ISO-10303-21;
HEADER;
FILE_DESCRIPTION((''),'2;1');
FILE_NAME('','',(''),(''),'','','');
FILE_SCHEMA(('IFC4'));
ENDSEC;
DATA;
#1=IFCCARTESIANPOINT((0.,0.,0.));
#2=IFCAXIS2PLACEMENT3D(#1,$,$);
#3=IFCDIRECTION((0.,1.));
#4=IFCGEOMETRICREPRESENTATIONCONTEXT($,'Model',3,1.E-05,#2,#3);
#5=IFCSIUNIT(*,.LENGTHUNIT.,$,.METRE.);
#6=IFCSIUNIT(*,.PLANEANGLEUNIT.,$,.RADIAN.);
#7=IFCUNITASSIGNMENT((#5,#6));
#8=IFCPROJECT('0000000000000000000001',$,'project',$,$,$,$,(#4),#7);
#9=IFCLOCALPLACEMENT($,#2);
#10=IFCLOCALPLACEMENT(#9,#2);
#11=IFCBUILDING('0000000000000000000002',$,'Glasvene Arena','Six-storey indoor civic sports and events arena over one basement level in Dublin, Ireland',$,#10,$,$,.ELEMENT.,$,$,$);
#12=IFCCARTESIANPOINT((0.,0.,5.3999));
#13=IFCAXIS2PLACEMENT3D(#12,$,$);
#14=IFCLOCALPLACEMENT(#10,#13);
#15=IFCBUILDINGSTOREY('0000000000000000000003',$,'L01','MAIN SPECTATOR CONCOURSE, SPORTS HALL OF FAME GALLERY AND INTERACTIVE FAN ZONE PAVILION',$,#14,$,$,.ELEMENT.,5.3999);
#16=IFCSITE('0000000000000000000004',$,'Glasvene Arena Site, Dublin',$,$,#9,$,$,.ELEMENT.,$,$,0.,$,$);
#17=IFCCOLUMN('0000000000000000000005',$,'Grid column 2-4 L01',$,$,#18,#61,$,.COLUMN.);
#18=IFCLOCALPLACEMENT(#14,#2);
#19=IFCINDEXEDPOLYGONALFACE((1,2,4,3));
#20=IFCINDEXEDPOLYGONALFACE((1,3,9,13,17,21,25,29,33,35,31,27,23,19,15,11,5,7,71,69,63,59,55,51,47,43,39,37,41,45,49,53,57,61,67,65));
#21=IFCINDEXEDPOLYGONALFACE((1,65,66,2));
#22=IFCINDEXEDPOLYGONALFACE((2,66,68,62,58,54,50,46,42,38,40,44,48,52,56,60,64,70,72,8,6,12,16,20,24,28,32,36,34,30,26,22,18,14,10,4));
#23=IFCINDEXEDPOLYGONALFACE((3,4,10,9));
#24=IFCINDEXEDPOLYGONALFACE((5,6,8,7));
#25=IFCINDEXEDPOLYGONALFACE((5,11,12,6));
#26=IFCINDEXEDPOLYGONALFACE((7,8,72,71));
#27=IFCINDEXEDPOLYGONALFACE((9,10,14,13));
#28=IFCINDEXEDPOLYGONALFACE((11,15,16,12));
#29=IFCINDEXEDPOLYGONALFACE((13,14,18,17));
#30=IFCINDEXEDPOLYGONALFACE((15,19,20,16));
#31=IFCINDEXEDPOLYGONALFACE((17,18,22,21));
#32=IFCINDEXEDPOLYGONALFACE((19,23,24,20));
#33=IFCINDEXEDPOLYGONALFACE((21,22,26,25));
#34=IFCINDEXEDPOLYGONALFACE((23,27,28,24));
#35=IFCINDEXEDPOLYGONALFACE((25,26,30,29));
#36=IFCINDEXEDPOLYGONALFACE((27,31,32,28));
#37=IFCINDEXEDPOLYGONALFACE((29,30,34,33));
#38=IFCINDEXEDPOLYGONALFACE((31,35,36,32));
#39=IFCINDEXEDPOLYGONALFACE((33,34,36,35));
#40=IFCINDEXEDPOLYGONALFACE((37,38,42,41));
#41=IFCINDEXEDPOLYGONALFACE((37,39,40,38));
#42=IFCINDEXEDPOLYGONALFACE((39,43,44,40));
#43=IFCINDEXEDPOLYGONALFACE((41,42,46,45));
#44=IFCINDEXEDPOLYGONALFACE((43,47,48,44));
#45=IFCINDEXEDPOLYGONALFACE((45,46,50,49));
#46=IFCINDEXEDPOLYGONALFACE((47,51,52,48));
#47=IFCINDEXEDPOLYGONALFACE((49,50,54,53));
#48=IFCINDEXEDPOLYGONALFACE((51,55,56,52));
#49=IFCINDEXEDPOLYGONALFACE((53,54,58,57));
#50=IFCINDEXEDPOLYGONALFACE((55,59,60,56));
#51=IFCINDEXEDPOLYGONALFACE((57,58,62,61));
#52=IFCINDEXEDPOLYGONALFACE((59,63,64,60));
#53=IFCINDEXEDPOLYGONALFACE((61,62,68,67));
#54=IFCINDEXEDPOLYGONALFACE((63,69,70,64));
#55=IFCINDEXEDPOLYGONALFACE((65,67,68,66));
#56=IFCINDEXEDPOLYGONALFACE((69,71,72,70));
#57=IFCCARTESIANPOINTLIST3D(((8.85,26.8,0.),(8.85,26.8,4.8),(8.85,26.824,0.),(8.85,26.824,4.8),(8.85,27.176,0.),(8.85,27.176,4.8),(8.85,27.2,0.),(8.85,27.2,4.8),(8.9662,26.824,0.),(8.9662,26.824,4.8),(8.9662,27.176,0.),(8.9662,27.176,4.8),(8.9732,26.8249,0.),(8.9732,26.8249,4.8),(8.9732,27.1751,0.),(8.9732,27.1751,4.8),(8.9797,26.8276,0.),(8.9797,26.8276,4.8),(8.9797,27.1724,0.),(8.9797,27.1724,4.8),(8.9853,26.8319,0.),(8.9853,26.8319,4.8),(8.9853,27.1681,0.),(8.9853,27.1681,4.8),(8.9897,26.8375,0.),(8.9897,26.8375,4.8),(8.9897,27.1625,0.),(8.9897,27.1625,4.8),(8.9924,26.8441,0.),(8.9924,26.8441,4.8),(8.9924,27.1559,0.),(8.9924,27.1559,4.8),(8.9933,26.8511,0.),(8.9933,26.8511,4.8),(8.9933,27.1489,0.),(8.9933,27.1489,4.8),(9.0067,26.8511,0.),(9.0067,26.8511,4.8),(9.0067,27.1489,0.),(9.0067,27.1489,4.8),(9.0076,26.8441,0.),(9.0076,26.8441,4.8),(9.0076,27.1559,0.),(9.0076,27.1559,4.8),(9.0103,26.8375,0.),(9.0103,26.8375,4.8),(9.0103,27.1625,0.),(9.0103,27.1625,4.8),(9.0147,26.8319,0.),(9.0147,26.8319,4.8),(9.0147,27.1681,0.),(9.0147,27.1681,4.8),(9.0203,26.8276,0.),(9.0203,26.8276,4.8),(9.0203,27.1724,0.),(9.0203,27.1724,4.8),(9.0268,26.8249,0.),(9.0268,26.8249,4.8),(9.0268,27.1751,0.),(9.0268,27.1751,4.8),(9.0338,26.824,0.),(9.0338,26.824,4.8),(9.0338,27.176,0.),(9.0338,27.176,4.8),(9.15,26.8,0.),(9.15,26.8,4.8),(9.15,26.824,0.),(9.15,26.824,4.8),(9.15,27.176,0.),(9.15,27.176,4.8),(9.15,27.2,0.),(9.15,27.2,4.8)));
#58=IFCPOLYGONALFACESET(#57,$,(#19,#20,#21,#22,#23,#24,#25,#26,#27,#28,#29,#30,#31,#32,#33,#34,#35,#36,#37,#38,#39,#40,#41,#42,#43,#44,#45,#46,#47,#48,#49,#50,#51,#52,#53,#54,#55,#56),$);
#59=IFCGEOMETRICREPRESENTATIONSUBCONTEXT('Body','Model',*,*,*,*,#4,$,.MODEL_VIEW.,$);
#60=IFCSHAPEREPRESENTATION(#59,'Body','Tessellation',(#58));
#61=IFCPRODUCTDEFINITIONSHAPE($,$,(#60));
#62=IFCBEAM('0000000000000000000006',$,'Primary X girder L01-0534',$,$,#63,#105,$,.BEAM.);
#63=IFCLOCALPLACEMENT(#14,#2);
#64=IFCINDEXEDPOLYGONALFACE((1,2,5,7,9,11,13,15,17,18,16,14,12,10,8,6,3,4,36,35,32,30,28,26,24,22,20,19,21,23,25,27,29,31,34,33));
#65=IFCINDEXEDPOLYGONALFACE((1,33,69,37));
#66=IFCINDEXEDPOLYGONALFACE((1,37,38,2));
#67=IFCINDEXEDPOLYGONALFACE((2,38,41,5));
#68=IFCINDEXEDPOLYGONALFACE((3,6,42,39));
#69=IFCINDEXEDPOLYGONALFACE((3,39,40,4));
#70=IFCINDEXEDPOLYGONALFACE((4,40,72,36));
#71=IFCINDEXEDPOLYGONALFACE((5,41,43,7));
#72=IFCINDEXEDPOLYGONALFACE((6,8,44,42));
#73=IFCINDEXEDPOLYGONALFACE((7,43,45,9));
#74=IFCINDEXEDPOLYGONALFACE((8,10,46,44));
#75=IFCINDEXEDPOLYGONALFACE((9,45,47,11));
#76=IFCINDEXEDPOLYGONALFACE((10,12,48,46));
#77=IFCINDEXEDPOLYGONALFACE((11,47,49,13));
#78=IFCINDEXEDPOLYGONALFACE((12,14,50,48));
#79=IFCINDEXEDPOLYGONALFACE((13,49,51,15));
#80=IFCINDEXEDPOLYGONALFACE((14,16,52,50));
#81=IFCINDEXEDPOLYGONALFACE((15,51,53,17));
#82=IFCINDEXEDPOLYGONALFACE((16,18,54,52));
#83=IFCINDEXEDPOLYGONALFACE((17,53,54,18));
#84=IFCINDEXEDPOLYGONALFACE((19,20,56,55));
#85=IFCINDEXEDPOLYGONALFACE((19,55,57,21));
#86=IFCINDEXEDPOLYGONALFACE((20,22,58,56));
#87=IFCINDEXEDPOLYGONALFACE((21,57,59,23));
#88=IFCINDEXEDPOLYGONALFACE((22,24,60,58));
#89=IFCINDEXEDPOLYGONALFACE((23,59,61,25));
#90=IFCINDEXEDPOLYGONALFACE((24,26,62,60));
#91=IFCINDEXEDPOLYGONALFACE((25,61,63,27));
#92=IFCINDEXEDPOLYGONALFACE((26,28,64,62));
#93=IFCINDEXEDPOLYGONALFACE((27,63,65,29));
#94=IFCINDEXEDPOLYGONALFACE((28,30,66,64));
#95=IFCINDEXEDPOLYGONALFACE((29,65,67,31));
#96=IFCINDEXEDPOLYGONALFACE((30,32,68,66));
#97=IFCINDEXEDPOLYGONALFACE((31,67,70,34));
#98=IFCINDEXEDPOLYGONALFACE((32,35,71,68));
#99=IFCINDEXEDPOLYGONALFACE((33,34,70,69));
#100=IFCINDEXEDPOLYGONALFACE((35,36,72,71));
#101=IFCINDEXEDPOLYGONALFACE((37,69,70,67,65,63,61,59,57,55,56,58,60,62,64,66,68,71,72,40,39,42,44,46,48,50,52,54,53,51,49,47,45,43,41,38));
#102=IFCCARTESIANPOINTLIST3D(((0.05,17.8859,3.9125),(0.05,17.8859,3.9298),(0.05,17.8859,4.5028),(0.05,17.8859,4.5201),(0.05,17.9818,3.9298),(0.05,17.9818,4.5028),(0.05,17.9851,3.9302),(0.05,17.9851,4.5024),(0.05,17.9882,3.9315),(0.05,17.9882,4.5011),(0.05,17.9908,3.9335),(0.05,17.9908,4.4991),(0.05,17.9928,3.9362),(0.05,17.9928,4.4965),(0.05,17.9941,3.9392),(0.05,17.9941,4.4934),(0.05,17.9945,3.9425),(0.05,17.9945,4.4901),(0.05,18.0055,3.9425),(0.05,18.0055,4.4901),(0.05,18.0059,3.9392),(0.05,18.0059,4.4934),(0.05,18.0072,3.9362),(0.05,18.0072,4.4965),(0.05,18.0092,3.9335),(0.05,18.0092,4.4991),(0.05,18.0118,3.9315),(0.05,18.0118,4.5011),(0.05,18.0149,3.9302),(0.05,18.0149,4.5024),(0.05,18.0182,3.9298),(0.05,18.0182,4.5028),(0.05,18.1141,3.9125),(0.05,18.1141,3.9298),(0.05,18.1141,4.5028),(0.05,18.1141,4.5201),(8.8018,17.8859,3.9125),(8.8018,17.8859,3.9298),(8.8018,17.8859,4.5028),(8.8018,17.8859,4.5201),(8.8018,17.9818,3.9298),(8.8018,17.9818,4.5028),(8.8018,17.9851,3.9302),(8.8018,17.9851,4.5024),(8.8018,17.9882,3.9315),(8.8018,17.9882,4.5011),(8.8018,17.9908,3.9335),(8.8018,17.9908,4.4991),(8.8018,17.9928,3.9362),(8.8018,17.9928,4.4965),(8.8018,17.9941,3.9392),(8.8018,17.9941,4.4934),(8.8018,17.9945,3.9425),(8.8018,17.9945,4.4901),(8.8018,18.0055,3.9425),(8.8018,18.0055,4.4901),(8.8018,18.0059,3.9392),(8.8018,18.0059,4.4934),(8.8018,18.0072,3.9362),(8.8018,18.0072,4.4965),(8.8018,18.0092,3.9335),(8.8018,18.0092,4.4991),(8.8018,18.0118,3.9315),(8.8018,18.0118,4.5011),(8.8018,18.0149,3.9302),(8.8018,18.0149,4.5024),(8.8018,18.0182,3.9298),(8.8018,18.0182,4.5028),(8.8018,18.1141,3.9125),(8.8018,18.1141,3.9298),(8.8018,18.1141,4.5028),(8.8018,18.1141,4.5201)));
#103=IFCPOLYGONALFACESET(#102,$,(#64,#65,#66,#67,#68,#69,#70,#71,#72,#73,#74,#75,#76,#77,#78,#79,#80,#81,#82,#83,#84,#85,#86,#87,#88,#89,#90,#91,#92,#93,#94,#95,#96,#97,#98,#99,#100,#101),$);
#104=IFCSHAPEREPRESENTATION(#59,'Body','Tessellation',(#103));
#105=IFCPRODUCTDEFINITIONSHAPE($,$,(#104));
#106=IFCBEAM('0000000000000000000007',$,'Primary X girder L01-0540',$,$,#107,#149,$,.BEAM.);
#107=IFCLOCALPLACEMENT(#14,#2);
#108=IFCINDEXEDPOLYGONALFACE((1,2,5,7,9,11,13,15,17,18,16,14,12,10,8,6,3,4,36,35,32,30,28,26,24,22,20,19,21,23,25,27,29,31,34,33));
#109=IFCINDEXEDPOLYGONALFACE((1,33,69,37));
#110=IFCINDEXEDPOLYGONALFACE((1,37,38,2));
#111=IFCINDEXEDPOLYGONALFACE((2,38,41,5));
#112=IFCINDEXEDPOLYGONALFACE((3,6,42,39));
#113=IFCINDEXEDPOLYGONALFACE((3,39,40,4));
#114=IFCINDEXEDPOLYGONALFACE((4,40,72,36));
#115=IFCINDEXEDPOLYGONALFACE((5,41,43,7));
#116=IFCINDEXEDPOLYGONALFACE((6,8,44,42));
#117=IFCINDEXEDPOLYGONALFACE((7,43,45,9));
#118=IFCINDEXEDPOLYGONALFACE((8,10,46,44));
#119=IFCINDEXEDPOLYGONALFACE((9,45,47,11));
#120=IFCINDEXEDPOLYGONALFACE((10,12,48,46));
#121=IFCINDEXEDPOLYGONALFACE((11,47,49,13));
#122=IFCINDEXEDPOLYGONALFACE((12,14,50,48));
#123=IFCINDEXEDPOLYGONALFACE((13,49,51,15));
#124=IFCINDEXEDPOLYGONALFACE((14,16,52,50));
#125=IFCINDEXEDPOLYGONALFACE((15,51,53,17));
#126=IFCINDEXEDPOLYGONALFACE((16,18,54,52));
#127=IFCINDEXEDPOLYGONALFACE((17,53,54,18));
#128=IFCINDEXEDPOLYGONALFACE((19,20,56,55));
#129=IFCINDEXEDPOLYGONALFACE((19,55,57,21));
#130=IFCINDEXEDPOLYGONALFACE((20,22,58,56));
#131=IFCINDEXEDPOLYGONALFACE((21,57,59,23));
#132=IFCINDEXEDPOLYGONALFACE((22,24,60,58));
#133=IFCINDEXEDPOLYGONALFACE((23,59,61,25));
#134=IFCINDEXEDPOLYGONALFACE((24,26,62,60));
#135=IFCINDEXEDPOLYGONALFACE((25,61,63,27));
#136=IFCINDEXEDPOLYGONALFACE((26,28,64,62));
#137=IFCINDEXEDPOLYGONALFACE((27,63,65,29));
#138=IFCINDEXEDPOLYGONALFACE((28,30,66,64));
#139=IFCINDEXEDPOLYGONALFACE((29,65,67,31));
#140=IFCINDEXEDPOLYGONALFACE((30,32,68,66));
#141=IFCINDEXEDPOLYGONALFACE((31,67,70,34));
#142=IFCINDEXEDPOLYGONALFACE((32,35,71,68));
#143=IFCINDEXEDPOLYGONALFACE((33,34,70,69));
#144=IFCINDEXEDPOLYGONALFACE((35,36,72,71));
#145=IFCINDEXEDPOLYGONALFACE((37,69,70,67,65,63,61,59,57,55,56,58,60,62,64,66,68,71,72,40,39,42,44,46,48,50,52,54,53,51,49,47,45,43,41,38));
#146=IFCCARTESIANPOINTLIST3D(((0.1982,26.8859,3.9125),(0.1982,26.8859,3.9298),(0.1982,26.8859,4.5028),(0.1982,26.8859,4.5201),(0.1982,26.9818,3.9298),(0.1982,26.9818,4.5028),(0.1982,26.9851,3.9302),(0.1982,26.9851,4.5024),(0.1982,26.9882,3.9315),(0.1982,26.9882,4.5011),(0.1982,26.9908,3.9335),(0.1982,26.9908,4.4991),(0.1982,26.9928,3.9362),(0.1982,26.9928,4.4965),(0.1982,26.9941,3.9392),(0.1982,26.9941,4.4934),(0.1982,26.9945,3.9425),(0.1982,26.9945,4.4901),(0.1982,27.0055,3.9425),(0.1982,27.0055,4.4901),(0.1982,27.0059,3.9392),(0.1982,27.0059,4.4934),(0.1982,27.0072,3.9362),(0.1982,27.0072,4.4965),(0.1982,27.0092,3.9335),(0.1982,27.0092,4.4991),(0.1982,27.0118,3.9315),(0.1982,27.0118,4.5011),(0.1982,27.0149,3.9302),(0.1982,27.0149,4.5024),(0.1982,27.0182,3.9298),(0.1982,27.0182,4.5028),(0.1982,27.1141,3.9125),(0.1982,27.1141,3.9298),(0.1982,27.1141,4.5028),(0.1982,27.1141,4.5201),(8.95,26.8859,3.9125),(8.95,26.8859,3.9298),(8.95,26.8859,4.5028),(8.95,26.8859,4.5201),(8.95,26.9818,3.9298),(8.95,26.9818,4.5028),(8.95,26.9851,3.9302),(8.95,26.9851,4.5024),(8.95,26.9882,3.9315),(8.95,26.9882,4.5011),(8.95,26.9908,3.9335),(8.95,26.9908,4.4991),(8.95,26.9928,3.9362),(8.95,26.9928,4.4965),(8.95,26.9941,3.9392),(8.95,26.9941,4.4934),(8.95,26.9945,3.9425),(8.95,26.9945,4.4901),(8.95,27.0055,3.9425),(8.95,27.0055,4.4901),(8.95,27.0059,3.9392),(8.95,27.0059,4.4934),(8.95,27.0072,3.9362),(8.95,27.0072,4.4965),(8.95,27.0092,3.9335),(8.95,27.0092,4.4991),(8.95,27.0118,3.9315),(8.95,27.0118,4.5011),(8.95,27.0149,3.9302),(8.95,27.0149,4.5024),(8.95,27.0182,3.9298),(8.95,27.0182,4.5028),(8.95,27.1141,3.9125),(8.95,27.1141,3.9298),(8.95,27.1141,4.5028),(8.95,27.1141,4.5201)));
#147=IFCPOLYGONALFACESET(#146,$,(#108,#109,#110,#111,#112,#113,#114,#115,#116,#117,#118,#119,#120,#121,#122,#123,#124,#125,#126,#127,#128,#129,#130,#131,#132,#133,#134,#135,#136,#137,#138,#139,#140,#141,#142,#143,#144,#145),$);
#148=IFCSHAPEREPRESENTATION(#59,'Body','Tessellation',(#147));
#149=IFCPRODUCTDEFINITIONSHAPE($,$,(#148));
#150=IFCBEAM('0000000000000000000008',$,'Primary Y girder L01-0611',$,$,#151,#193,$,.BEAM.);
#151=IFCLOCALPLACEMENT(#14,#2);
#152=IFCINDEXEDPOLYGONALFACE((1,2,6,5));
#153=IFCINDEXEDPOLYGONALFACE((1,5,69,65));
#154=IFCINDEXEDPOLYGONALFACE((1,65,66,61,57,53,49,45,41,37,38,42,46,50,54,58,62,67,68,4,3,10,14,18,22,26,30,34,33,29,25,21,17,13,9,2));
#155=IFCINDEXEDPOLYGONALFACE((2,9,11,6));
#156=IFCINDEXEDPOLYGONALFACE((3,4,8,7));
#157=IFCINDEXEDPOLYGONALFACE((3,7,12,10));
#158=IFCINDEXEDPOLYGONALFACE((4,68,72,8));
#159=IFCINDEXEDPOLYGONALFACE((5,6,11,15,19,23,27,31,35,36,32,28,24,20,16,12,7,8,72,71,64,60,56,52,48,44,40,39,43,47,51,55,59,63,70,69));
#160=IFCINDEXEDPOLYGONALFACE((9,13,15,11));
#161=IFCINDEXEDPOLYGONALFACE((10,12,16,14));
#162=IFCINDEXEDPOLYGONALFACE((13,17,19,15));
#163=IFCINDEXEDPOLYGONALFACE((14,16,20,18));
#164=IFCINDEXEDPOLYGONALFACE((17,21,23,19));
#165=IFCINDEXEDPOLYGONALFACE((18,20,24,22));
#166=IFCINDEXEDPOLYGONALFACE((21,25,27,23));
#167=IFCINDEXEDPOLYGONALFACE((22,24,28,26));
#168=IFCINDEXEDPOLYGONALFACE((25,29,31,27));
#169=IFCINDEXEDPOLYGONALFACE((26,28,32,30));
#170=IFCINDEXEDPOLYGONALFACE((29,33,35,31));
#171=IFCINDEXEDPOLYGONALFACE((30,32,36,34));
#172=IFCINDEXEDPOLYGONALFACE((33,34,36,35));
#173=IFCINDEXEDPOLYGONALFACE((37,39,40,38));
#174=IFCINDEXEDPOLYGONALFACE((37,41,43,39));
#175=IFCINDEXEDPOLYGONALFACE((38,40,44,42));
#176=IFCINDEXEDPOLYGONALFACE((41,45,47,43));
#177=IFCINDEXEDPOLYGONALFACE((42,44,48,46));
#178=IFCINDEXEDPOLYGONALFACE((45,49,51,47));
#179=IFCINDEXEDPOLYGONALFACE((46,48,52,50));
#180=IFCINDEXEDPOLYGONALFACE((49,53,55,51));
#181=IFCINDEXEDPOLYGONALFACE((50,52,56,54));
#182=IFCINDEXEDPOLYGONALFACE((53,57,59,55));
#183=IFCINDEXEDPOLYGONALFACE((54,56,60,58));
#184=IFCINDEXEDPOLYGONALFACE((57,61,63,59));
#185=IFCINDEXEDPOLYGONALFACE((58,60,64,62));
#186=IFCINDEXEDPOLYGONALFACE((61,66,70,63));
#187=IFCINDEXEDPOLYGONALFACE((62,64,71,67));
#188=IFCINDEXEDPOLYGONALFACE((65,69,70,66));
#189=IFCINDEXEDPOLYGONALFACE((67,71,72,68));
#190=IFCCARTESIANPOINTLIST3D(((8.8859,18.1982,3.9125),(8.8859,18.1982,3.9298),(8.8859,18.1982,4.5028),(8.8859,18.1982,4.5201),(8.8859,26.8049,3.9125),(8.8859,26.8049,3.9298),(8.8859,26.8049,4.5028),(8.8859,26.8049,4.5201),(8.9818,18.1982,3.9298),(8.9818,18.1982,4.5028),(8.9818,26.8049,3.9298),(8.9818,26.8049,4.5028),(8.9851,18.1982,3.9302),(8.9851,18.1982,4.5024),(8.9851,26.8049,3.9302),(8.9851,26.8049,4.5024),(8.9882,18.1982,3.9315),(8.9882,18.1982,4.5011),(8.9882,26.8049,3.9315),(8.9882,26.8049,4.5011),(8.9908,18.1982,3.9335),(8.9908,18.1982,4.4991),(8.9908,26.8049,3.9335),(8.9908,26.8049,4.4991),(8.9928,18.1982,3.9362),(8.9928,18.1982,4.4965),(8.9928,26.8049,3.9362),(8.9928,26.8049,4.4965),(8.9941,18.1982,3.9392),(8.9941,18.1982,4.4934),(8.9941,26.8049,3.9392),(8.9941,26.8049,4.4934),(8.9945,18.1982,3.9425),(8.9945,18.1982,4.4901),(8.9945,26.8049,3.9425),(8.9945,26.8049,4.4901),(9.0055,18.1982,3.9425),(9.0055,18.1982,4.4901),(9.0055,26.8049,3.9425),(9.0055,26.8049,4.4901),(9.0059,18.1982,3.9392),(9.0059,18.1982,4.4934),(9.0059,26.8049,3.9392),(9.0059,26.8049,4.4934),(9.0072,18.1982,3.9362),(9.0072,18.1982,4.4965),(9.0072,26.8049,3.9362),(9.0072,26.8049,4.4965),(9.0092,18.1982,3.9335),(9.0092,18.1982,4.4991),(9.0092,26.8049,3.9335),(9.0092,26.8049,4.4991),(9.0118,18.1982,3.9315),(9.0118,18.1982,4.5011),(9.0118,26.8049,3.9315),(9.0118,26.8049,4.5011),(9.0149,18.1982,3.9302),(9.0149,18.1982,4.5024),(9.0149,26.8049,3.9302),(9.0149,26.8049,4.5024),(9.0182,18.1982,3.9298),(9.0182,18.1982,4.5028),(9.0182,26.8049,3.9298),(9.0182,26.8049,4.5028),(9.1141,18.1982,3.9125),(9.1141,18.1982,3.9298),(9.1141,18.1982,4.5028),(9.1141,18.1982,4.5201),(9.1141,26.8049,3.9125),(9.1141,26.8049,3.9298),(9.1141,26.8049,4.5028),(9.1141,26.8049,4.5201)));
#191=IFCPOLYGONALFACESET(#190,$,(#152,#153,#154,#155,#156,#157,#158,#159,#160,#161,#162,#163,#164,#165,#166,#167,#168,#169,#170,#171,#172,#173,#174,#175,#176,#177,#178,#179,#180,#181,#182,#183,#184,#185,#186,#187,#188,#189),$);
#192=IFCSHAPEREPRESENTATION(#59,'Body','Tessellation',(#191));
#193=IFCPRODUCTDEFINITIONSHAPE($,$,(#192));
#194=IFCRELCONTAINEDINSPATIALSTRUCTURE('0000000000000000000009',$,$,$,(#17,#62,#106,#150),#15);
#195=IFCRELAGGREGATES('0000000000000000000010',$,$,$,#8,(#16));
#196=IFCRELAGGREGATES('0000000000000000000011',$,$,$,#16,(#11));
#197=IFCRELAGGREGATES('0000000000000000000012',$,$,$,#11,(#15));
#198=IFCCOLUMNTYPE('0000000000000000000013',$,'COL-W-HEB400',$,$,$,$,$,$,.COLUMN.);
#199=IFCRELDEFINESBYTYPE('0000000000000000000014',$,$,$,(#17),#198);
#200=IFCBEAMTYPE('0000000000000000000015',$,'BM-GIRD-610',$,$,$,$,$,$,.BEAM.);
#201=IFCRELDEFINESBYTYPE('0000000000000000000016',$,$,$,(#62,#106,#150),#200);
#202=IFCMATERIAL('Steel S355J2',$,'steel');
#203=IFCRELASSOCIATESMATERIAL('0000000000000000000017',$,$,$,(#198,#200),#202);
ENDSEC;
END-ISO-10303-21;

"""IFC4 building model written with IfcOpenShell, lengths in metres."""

from ifc_helpers import new_model, si_unit, direction, frame, origin, origin_2d, place, context, subcontext, project, spatial, i_section, extrude, material, material_profile, profile_set, type_object, element, save


model = new_model("IFC4")

# Units and contexts
model_context = context("Model", 3, precision=1e-05, world=origin(), true_north=direction((0.0, 1.0)))
body_context = subcontext(model_context, "Body", "Model", "MODEL_VIEW")
ifc_project = project(units=[si_unit("LENGTHUNIT", "METRE"), si_unit("PLANEANGLEUNIT", "RADIAN")], contexts=[model_context])

# Site, building, storey
site_placement = place(None, origin())
site = spatial("IfcSite", under=ifc_project, at=site_placement, Name="Glasvene Arena Site, Dublin", CompositionType="ELEMENT", RefElevation=0.0)
building_placement = place(site_placement, origin())
building = spatial("IfcBuilding", under=site, at=building_placement, Name="Glasvene Arena", Description="Six-storey indoor civic sports and events arena over one basement level in Dublin, Ireland", CompositionType="ELEMENT")
storey_placement = place(building_placement, frame((0.0, 0.0, 5.3999)))
storey = spatial("IfcBuildingStorey", under=building, at=storey_placement, Name="L01", Description="MAIN SPECTATOR CONCOURSE, SPORTS HALL OF FAME GALLERY AND INTERACTIVE FAN ZONE PAVILION", CompositionType="ELEMENT", Elevation=5.3999)

# Column
ifc_material_1 = material(Name="Steel S355J2", Category="steel")
ifc_material_profile_1 = material_profile(ifc_material_1, i_section(OverallWidth=0.3, OverallDepth=0.3999, WebThickness=0.0134, FlangeThickness=0.0239, FilletRadius=0.0271, at=origin_2d()), Name="HEB 400")
ifc_profile_set_1 = profile_set([ifc_material_profile_1], Name="Steel S355J2")
column_type_1 = type_object("IfcColumnType", Name="COL-W-HEB400", PredefinedType="COLUMN", material=ifc_profile_set_1)
for number, where, z_axis, x_axis, name in (
    (1, (9.0, 27.0, 0.0), (0.0, 0.0, 1.0), (1.0, 0.0, 0.0), "Grid column 2-4 L01"),
):
    element("IfcColumn", number, at=place(storey_placement, frame(where, z_axis=z_axis, x_axis=x_axis)), inside=storey, type_object=column_type_1, Name=name, PredefinedType="COLUMN", context=body_context, shape_type="SweptSolid", body=[
        extrude(i_section(OverallWidth=0.3, OverallDepth=0.3999, WebThickness=0.0134, FlangeThickness=0.0239, FilletRadius=0.0271, at=origin_2d()), origin(), (0.0, 0.0, 1.0), 4.8),
    ])

# Beams
ifc_material_profile_2 = material_profile(ifc_material_1, i_section(OverallWidth=0.2283, OverallDepth=0.6077, WebThickness=0.011, FlangeThickness=0.0173, FilletRadius=0.0127, at=origin_2d()), Name="UKB 610x229x113")
ifc_profile_set_2 = profile_set([ifc_material_profile_2], Name="Steel S355J2")
beam_type_1 = type_object("IfcBeamType", Name="BM-GIRD-610", PredefinedType="BEAM", material=ifc_profile_set_2)
for number, where, z_axis, x_axis, name in (
    (2, (0.05, 18.0, 4.2163), (1.0, 0.0, 0.0), (0.0, 1.0, 0.0), "Primary X girder L01-0534"),
    (3, (0.1982, 27.0, 4.2163), (1.0, 0.0, 0.0), (0.0, 1.0, 0.0), "Primary X girder L01-0540"),
):
    element("IfcBeam", number, at=place(storey_placement, frame(where, z_axis=z_axis, x_axis=x_axis)), inside=storey, type_object=beam_type_1, Name=name, PredefinedType="BEAM", context=body_context, shape_type="SweptSolid", body=[
        extrude(i_section(OverallWidth=0.2283, OverallDepth=0.6077, WebThickness=0.011, FlangeThickness=0.0173, FilletRadius=0.0127, at=origin_2d()), origin(), (0.0, 0.0, 1.0), 8.7517),
    ])
beam_1_placement = place(storey_placement, frame((9.0, 18.1982, 4.2163), z_axis=(0.0, 1.0, 0.0), x_axis=(-1.0, 0.0, 0.0)))
element("IfcBeam", 4, at=beam_1_placement, inside=storey, type_object=beam_type_1, Name="Primary Y girder L01-0611", PredefinedType="BEAM", context=body_context, shape_type="SweptSolid", body=[
    extrude(i_section(OverallWidth=0.2283, OverallDepth=0.6077, WebThickness=0.011, FlangeThickness=0.0173, FilletRadius=0.0127, at=origin_2d()), origin(), (0.0, 0.0, 1.0), 8.6067),
])

save(model, "model.ifc")
